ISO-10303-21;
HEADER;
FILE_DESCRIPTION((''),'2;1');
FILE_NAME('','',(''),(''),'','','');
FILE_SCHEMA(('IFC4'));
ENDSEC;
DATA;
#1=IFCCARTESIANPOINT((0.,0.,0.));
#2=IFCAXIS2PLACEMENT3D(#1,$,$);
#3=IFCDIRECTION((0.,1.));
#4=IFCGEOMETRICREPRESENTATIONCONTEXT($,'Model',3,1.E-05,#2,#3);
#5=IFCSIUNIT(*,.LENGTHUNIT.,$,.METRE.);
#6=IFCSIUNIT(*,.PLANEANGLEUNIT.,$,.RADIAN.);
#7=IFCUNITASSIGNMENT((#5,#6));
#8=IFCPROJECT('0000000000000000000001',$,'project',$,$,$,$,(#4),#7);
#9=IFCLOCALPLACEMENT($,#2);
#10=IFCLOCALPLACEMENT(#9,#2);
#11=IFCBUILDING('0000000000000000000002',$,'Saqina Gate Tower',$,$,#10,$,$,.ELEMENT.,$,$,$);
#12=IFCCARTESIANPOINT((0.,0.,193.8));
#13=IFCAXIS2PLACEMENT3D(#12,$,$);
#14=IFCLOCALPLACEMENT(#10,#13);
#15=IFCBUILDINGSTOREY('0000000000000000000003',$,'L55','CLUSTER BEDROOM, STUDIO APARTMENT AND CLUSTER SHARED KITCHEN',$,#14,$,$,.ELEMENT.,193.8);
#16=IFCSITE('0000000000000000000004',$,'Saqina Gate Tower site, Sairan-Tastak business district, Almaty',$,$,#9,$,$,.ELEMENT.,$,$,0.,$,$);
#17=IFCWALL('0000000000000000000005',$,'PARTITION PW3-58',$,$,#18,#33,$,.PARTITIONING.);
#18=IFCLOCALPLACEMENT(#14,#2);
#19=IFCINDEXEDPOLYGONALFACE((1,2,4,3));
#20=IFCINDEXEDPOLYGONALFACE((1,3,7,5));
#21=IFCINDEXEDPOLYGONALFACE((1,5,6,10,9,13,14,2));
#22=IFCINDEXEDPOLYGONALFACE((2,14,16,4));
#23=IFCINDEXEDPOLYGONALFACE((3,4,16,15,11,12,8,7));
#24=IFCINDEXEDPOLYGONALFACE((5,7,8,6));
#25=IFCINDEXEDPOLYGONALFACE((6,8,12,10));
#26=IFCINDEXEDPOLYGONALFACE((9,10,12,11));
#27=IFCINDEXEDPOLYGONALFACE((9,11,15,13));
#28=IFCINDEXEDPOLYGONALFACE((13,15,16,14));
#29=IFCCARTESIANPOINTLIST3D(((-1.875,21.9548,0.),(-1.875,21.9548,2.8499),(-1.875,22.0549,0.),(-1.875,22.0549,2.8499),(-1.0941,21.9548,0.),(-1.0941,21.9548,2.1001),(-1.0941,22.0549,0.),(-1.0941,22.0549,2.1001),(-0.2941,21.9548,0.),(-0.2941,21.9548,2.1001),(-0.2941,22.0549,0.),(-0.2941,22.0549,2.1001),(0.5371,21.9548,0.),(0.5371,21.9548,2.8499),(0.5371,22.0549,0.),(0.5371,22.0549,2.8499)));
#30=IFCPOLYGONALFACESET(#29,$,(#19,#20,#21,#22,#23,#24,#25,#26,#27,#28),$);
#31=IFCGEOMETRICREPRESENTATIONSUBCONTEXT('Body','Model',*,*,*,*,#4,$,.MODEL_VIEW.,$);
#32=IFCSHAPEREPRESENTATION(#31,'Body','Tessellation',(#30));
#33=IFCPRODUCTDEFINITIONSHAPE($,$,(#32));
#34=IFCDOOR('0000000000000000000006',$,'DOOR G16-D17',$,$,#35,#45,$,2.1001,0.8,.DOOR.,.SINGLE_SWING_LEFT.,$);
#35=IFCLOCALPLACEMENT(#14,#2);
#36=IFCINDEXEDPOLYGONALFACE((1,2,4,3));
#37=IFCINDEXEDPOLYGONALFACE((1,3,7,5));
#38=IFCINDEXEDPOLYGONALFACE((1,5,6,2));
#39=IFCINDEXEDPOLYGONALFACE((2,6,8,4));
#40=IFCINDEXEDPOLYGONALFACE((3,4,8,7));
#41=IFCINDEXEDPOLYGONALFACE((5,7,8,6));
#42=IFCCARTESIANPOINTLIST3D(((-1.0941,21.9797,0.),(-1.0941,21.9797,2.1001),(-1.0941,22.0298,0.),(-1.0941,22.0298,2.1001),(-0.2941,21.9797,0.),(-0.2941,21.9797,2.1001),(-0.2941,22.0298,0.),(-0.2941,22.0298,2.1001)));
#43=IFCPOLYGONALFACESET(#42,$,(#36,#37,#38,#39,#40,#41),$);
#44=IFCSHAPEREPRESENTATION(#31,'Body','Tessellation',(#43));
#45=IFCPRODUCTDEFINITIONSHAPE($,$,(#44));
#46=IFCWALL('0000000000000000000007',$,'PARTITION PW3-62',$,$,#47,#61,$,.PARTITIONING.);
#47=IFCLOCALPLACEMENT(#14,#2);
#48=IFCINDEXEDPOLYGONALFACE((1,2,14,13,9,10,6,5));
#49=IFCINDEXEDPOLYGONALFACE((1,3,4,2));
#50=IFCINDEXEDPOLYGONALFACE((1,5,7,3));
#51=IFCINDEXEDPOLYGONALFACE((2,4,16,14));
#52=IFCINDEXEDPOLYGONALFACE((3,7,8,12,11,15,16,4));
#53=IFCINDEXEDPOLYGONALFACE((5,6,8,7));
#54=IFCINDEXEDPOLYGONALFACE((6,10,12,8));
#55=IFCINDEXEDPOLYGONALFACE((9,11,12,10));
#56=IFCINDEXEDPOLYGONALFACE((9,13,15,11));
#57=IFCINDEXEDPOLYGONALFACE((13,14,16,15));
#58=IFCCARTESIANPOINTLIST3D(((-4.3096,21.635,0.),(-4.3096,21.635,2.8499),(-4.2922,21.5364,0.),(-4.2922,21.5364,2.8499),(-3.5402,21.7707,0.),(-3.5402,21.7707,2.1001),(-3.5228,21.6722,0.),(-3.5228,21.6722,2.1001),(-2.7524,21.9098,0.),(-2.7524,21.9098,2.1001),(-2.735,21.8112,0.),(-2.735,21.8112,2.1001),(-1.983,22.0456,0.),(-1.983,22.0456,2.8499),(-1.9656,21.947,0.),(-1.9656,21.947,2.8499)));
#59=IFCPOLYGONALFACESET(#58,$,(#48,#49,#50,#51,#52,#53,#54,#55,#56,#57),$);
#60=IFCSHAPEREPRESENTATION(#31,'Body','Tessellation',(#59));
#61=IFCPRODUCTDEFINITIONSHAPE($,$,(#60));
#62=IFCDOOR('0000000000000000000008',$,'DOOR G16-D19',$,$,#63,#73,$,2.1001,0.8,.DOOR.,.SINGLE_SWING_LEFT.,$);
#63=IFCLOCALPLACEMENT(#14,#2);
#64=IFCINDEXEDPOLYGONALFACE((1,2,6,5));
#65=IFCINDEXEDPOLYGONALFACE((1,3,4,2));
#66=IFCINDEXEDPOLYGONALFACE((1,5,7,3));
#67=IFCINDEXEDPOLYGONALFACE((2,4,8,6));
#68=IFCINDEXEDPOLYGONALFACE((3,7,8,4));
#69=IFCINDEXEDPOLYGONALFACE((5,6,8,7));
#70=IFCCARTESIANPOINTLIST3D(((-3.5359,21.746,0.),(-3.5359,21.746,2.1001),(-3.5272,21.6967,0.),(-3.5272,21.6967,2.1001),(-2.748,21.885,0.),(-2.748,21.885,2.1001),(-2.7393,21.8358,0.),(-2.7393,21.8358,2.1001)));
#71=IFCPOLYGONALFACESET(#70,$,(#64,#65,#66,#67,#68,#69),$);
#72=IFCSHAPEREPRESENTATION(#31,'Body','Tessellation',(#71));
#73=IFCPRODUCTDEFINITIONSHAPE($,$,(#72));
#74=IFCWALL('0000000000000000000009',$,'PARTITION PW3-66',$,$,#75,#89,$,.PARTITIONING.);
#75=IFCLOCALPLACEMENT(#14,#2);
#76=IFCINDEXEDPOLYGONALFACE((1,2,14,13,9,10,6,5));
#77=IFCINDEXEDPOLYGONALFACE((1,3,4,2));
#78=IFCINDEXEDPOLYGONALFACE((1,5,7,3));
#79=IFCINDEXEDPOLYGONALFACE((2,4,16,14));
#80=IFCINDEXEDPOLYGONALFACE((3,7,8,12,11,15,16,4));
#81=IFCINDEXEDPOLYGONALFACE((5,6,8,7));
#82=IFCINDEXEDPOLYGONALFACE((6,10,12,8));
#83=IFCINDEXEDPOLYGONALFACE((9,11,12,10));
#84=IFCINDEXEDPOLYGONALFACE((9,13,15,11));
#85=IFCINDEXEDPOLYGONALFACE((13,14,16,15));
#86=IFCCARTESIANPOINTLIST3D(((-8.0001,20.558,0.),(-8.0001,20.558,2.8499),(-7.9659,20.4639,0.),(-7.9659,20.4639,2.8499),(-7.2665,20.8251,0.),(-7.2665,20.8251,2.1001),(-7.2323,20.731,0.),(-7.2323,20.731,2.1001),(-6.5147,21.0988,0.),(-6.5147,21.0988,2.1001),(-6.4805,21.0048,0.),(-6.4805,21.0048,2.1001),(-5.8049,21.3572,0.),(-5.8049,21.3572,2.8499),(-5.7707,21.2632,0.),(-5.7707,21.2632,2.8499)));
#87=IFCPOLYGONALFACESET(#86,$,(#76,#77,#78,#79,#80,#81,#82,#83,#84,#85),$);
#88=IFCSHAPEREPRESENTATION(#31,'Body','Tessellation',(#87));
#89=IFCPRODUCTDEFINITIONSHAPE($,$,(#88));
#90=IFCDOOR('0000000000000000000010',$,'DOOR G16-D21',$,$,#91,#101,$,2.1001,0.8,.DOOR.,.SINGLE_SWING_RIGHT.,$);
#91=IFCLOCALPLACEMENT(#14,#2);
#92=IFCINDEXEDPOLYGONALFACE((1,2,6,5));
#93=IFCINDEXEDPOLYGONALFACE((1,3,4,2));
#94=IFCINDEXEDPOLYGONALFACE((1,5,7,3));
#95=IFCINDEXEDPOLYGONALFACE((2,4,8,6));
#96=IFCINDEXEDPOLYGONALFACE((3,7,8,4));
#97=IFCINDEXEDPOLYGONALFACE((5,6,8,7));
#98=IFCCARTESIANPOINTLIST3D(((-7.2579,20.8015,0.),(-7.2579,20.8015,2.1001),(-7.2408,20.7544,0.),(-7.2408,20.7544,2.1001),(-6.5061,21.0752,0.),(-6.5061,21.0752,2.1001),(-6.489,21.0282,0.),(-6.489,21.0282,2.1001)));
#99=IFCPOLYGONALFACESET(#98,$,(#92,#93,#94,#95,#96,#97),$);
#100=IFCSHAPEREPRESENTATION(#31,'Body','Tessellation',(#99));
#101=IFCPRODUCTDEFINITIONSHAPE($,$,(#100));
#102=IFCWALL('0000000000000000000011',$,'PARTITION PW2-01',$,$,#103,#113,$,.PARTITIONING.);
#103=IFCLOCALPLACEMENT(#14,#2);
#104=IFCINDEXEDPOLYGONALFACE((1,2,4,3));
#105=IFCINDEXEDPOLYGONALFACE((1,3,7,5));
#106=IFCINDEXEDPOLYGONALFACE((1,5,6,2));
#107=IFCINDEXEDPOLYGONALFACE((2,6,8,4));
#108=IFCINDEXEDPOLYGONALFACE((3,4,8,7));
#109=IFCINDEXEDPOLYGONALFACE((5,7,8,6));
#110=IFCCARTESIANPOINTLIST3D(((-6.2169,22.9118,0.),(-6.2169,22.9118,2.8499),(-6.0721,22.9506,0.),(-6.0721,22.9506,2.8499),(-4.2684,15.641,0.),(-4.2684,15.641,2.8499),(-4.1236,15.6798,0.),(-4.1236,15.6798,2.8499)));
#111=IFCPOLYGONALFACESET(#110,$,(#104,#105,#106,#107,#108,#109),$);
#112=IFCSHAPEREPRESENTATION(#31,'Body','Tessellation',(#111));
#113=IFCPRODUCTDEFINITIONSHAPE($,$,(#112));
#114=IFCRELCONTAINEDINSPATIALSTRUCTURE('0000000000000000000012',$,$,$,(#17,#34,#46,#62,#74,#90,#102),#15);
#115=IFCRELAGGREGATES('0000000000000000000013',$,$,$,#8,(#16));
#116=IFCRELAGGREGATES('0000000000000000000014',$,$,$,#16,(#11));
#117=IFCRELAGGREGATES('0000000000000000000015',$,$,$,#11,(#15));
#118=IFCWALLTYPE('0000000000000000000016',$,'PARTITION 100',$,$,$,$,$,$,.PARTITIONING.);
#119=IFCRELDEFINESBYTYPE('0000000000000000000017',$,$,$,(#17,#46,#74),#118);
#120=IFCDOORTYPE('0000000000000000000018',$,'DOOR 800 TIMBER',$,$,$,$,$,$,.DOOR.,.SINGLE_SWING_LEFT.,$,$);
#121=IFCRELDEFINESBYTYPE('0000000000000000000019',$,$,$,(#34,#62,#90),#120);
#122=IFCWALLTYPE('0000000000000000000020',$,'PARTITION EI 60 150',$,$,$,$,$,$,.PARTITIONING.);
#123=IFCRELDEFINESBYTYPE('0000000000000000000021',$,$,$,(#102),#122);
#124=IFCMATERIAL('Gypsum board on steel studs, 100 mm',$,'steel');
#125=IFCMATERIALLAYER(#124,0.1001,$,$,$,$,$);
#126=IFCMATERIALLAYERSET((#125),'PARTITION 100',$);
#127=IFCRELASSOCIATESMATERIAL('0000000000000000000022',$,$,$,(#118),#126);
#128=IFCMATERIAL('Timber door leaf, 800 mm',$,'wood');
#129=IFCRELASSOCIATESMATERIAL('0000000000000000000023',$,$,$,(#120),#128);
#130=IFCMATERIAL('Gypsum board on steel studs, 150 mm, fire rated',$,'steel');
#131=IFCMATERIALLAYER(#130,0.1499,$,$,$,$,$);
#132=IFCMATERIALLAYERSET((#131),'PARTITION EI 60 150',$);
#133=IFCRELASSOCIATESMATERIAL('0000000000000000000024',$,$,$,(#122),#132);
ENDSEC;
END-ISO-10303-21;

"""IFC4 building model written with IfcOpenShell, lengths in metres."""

from ifc_helpers import new_model, si_unit, direction, frame, frame_2d, origin, place, context, subcontext, project, spatial, rectangle, extrude, material, layer, layer_set, type_object, element, fill, save


model = new_model("IFC4")

# Units and contexts
model_context = context("Model", 3, precision=1e-05, world=origin(), true_north=direction((0.0, 1.0)))
body_context = subcontext(model_context, "Body", "Model", "MODEL_VIEW")
ifc_project = project(units=[si_unit("LENGTHUNIT", "METRE"), si_unit("PLANEANGLEUNIT", "RADIAN")], contexts=[model_context])

# Site, building, storey
site_placement = place(None, origin())
site = spatial("IfcSite", under=ifc_project, at=site_placement, Name="Saqina Gate Tower site, Sairan-Tastak business district, Almaty", CompositionType="ELEMENT", RefElevation=0.0)
building_placement = place(site_placement, origin())
building = spatial("IfcBuilding", under=site, at=building_placement, Name="Saqina Gate Tower", CompositionType="ELEMENT")
storey_placement = place(building_placement, frame((0.0, 0.0, 193.8)))
storey = spatial("IfcBuildingStorey", under=building, at=storey_placement, Name="L55", Description="CLUSTER BEDROOM, STUDIO APARTMENT AND CLUSTER SHARED KITCHEN", CompositionType="ELEMENT", Elevation=193.8)

# Shared definitions
ifc_material_1 = material(Name="Gypsum board on steel studs, 100 mm", Category="steel")
ifc_layer_1 = layer(ifc_material_1, 0.1001)
ifc_layer_set_1 = layer_set([ifc_layer_1], Name="PARTITION 100")
wall_type_1 = type_object("IfcWallType", Name="PARTITION 100", PredefinedType="PARTITIONING", material=ifc_layer_set_1)

# Walls, openings, doors
wall_1_placement = place(storey_placement, frame((-1.875, 22.0049, 0.0), z_axis=(0.0, 0.0, 1.0), x_axis=(1.0, 0.0, 0.0)))
wall_1 = element("IfcWall", 1, at=wall_1_placement, inside=storey, type_object=wall_type_1, Name="PARTITION PW3-58", PredefinedType="PARTITIONING", context=body_context, shape_type="SweptSolid", body=[
    extrude(rectangle(XDim=2.4121, YDim=0.1001, at=frame_2d((1.2061, 0.0))), origin(), (0.0, 0.0, 1.0), 2.8499),
])
opening_1_placement = place(wall_1_placement, frame((0.781, 0.0, 0.0)))
opening_1 = element("IfcOpeningElement", 2, at=opening_1_placement, cuts=wall_1, PredefinedType="OPENING", context=body_context, shape_type="SweptSolid", body=[
    extrude(rectangle(XDim=0.8, YDim=2.1001, at=frame_2d((0.3999, 1.05))), frame((0.0, 0.062, 0.0), z_axis=(0.0, -1.0, 0.0), x_axis=(1.0, 0.0, 0.0)), (0.0, 0.0, 1.0), 0.124),
])
ifc_material_2 = material(Name="Timber door leaf, 800 mm", Category="wood")
door_type = type_object("IfcDoorType", Name="DOOR 800 TIMBER", OperationType="SINGLE_SWING_LEFT", PredefinedType="DOOR", material=ifc_material_2)
door_1_placement = place(opening_1_placement, origin())
door_1 = element("IfcDoor", 3, at=door_1_placement, inside=storey, type_object=door_type, Name="DOOR G16-D17", OperationType="SINGLE_SWING_LEFT", OverallHeight=2.1001, OverallWidth=0.8, PredefinedType="DOOR", context=body_context, shape_type="SweptSolid", body=[
    extrude(rectangle(XDim=0.8, YDim=2.1001, at=frame_2d((0.3999, 1.05))), frame((0.0, 0.0249, 0.0), z_axis=(0.0, -1.0, 0.0), x_axis=(1.0, 0.0, 0.0)), (0.0, 0.0, 1.0), 0.05),
])
fill(opening_1, door_1)
wall_2_placement = place(storey_placement, frame((-4.3008, 21.5857, 0.0), z_axis=(0.0, 0.0, 1.0), x_axis=(0.984779, 0.173809, 0.0)))
wall_2 = element("IfcWall", 4, at=wall_2_placement, inside=storey, type_object=wall_type_1, Name="PARTITION PW3-62", PredefinedType="PARTITIONING", context=body_context, shape_type="SweptSolid", body=[
    extrude(rectangle(XDim=2.3625, YDim=0.1001, at=frame_2d((1.1812, 0.0))), origin(), (0.0, 0.0, 1.0), 2.8499),
])
opening_2_placement = place(wall_2_placement, frame((0.7812, 0.0, 0.0)))
opening_2 = element("IfcOpeningElement", 5, at=opening_2_placement, cuts=wall_2, PredefinedType="OPENING", context=body_context, shape_type="SweptSolid", body=[
    extrude(rectangle(XDim=0.8, YDim=2.1001, at=frame_2d((0.3999, 1.05))), frame((0.0, 0.062, 0.0), z_axis=(0.0, -1.0, 0.0), x_axis=(1.0, 0.0, 0.0)), (0.0, 0.0, 1.0), 0.124),
])
door_2_placement = place(opening_2_placement, origin())
door_2 = element("IfcDoor", 6, at=door_2_placement, inside=storey, type_object=door_type, Name="DOOR G16-D19", OperationType="SINGLE_SWING_LEFT", OverallHeight=2.1001, OverallWidth=0.8, PredefinedType="DOOR", context=body_context, shape_type="SweptSolid", body=[
    extrude(rectangle(XDim=0.8, YDim=2.1001, at=frame_2d((0.3999, 1.05))), frame((0.0, 0.0249, 0.0), z_axis=(0.0, -1.0, 0.0), x_axis=(1.0, 0.0, 0.0)), (0.0, 0.0, 1.0), 0.05),
])
fill(opening_2, door_2)
wall_3_placement = place(storey_placement, frame((-7.9829, 20.511, 0.0), z_axis=(0.0, 0.0, 1.0), x_axis=(0.939653, 0.342129, 0.0)))
wall_3 = element("IfcWall", 7, at=wall_3_placement, inside=storey, type_object=wall_type_1, Name="PARTITION PW3-66", PredefinedType="PARTITIONING", context=body_context, shape_type="SweptSolid", body=[
    extrude(rectangle(XDim=2.3362, YDim=0.1001, at=frame_2d((1.168, 0.0))), origin(), (0.0, 0.0, 1.0), 2.8499),
])
opening_3_placement = place(wall_3_placement, frame((0.7808, 0.0, 0.0)))
opening_3 = element("IfcOpeningElement", 8, at=opening_3_placement, cuts=wall_3, PredefinedType="OPENING", context=body_context, shape_type="SweptSolid", body=[
    extrude(rectangle(XDim=0.8, YDim=2.1001, at=frame_2d((0.3999, 1.05))), frame((0.0, 0.062, 0.0), z_axis=(0.0, -1.0, 0.0), x_axis=(1.0, 0.0, 0.0)), (0.0, 0.0, 1.0), 0.124),
])
door_3_placement = place(opening_3_placement, origin())
door_3 = element("IfcDoor", 9, at=door_3_placement, inside=storey, type_object=door_type, Name="DOOR G16-D21", OperationType="SINGLE_SWING_RIGHT", OverallHeight=2.1001, OverallWidth=0.8, PredefinedType="DOOR", context=body_context, shape_type="SweptSolid", body=[
    extrude(rectangle(XDim=0.8, YDim=2.1001, at=frame_2d((0.3999, 1.05))), frame((0.0, 0.0249, 0.0), z_axis=(0.0, -1.0, 0.0), x_axis=(1.0, 0.0, 0.0)), (0.0, 0.0, 1.0), 0.05),
])
fill(opening_3, door_3)

# Wall
ifc_material_3 = material(Name="Gypsum board on steel studs, 150 mm, fire rated", Category="steel")
ifc_layer_2 = layer(ifc_material_3, 0.1499)
ifc_layer_set_2 = layer_set([ifc_layer_2], Name="PARTITION EI 60 150")
wall_type_2 = type_object("IfcWallType", Name="PARTITION EI 60 150", PredefinedType="PARTITIONING", material=ifc_layer_set_2)
wall_4_placement = place(storey_placement, frame((-6.1445, 22.9312, 0.0), z_axis=(0.0, 0.0, 1.0), x_axis=(0.258856, -0.965916, 0.0)))
element("IfcWall", 10, at=wall_4_placement, inside=storey, type_object=wall_type_2, Name="PARTITION PW2-01", PredefinedType="PARTITIONING", context=body_context, shape_type="SweptSolid", body=[
    extrude(rectangle(XDim=7.5273, YDim=0.1499, at=frame_2d((3.7637, 0.0))), origin(), (0.0, 0.0, 1.0), 2.8499),
])

save(model, "model.ifc")
